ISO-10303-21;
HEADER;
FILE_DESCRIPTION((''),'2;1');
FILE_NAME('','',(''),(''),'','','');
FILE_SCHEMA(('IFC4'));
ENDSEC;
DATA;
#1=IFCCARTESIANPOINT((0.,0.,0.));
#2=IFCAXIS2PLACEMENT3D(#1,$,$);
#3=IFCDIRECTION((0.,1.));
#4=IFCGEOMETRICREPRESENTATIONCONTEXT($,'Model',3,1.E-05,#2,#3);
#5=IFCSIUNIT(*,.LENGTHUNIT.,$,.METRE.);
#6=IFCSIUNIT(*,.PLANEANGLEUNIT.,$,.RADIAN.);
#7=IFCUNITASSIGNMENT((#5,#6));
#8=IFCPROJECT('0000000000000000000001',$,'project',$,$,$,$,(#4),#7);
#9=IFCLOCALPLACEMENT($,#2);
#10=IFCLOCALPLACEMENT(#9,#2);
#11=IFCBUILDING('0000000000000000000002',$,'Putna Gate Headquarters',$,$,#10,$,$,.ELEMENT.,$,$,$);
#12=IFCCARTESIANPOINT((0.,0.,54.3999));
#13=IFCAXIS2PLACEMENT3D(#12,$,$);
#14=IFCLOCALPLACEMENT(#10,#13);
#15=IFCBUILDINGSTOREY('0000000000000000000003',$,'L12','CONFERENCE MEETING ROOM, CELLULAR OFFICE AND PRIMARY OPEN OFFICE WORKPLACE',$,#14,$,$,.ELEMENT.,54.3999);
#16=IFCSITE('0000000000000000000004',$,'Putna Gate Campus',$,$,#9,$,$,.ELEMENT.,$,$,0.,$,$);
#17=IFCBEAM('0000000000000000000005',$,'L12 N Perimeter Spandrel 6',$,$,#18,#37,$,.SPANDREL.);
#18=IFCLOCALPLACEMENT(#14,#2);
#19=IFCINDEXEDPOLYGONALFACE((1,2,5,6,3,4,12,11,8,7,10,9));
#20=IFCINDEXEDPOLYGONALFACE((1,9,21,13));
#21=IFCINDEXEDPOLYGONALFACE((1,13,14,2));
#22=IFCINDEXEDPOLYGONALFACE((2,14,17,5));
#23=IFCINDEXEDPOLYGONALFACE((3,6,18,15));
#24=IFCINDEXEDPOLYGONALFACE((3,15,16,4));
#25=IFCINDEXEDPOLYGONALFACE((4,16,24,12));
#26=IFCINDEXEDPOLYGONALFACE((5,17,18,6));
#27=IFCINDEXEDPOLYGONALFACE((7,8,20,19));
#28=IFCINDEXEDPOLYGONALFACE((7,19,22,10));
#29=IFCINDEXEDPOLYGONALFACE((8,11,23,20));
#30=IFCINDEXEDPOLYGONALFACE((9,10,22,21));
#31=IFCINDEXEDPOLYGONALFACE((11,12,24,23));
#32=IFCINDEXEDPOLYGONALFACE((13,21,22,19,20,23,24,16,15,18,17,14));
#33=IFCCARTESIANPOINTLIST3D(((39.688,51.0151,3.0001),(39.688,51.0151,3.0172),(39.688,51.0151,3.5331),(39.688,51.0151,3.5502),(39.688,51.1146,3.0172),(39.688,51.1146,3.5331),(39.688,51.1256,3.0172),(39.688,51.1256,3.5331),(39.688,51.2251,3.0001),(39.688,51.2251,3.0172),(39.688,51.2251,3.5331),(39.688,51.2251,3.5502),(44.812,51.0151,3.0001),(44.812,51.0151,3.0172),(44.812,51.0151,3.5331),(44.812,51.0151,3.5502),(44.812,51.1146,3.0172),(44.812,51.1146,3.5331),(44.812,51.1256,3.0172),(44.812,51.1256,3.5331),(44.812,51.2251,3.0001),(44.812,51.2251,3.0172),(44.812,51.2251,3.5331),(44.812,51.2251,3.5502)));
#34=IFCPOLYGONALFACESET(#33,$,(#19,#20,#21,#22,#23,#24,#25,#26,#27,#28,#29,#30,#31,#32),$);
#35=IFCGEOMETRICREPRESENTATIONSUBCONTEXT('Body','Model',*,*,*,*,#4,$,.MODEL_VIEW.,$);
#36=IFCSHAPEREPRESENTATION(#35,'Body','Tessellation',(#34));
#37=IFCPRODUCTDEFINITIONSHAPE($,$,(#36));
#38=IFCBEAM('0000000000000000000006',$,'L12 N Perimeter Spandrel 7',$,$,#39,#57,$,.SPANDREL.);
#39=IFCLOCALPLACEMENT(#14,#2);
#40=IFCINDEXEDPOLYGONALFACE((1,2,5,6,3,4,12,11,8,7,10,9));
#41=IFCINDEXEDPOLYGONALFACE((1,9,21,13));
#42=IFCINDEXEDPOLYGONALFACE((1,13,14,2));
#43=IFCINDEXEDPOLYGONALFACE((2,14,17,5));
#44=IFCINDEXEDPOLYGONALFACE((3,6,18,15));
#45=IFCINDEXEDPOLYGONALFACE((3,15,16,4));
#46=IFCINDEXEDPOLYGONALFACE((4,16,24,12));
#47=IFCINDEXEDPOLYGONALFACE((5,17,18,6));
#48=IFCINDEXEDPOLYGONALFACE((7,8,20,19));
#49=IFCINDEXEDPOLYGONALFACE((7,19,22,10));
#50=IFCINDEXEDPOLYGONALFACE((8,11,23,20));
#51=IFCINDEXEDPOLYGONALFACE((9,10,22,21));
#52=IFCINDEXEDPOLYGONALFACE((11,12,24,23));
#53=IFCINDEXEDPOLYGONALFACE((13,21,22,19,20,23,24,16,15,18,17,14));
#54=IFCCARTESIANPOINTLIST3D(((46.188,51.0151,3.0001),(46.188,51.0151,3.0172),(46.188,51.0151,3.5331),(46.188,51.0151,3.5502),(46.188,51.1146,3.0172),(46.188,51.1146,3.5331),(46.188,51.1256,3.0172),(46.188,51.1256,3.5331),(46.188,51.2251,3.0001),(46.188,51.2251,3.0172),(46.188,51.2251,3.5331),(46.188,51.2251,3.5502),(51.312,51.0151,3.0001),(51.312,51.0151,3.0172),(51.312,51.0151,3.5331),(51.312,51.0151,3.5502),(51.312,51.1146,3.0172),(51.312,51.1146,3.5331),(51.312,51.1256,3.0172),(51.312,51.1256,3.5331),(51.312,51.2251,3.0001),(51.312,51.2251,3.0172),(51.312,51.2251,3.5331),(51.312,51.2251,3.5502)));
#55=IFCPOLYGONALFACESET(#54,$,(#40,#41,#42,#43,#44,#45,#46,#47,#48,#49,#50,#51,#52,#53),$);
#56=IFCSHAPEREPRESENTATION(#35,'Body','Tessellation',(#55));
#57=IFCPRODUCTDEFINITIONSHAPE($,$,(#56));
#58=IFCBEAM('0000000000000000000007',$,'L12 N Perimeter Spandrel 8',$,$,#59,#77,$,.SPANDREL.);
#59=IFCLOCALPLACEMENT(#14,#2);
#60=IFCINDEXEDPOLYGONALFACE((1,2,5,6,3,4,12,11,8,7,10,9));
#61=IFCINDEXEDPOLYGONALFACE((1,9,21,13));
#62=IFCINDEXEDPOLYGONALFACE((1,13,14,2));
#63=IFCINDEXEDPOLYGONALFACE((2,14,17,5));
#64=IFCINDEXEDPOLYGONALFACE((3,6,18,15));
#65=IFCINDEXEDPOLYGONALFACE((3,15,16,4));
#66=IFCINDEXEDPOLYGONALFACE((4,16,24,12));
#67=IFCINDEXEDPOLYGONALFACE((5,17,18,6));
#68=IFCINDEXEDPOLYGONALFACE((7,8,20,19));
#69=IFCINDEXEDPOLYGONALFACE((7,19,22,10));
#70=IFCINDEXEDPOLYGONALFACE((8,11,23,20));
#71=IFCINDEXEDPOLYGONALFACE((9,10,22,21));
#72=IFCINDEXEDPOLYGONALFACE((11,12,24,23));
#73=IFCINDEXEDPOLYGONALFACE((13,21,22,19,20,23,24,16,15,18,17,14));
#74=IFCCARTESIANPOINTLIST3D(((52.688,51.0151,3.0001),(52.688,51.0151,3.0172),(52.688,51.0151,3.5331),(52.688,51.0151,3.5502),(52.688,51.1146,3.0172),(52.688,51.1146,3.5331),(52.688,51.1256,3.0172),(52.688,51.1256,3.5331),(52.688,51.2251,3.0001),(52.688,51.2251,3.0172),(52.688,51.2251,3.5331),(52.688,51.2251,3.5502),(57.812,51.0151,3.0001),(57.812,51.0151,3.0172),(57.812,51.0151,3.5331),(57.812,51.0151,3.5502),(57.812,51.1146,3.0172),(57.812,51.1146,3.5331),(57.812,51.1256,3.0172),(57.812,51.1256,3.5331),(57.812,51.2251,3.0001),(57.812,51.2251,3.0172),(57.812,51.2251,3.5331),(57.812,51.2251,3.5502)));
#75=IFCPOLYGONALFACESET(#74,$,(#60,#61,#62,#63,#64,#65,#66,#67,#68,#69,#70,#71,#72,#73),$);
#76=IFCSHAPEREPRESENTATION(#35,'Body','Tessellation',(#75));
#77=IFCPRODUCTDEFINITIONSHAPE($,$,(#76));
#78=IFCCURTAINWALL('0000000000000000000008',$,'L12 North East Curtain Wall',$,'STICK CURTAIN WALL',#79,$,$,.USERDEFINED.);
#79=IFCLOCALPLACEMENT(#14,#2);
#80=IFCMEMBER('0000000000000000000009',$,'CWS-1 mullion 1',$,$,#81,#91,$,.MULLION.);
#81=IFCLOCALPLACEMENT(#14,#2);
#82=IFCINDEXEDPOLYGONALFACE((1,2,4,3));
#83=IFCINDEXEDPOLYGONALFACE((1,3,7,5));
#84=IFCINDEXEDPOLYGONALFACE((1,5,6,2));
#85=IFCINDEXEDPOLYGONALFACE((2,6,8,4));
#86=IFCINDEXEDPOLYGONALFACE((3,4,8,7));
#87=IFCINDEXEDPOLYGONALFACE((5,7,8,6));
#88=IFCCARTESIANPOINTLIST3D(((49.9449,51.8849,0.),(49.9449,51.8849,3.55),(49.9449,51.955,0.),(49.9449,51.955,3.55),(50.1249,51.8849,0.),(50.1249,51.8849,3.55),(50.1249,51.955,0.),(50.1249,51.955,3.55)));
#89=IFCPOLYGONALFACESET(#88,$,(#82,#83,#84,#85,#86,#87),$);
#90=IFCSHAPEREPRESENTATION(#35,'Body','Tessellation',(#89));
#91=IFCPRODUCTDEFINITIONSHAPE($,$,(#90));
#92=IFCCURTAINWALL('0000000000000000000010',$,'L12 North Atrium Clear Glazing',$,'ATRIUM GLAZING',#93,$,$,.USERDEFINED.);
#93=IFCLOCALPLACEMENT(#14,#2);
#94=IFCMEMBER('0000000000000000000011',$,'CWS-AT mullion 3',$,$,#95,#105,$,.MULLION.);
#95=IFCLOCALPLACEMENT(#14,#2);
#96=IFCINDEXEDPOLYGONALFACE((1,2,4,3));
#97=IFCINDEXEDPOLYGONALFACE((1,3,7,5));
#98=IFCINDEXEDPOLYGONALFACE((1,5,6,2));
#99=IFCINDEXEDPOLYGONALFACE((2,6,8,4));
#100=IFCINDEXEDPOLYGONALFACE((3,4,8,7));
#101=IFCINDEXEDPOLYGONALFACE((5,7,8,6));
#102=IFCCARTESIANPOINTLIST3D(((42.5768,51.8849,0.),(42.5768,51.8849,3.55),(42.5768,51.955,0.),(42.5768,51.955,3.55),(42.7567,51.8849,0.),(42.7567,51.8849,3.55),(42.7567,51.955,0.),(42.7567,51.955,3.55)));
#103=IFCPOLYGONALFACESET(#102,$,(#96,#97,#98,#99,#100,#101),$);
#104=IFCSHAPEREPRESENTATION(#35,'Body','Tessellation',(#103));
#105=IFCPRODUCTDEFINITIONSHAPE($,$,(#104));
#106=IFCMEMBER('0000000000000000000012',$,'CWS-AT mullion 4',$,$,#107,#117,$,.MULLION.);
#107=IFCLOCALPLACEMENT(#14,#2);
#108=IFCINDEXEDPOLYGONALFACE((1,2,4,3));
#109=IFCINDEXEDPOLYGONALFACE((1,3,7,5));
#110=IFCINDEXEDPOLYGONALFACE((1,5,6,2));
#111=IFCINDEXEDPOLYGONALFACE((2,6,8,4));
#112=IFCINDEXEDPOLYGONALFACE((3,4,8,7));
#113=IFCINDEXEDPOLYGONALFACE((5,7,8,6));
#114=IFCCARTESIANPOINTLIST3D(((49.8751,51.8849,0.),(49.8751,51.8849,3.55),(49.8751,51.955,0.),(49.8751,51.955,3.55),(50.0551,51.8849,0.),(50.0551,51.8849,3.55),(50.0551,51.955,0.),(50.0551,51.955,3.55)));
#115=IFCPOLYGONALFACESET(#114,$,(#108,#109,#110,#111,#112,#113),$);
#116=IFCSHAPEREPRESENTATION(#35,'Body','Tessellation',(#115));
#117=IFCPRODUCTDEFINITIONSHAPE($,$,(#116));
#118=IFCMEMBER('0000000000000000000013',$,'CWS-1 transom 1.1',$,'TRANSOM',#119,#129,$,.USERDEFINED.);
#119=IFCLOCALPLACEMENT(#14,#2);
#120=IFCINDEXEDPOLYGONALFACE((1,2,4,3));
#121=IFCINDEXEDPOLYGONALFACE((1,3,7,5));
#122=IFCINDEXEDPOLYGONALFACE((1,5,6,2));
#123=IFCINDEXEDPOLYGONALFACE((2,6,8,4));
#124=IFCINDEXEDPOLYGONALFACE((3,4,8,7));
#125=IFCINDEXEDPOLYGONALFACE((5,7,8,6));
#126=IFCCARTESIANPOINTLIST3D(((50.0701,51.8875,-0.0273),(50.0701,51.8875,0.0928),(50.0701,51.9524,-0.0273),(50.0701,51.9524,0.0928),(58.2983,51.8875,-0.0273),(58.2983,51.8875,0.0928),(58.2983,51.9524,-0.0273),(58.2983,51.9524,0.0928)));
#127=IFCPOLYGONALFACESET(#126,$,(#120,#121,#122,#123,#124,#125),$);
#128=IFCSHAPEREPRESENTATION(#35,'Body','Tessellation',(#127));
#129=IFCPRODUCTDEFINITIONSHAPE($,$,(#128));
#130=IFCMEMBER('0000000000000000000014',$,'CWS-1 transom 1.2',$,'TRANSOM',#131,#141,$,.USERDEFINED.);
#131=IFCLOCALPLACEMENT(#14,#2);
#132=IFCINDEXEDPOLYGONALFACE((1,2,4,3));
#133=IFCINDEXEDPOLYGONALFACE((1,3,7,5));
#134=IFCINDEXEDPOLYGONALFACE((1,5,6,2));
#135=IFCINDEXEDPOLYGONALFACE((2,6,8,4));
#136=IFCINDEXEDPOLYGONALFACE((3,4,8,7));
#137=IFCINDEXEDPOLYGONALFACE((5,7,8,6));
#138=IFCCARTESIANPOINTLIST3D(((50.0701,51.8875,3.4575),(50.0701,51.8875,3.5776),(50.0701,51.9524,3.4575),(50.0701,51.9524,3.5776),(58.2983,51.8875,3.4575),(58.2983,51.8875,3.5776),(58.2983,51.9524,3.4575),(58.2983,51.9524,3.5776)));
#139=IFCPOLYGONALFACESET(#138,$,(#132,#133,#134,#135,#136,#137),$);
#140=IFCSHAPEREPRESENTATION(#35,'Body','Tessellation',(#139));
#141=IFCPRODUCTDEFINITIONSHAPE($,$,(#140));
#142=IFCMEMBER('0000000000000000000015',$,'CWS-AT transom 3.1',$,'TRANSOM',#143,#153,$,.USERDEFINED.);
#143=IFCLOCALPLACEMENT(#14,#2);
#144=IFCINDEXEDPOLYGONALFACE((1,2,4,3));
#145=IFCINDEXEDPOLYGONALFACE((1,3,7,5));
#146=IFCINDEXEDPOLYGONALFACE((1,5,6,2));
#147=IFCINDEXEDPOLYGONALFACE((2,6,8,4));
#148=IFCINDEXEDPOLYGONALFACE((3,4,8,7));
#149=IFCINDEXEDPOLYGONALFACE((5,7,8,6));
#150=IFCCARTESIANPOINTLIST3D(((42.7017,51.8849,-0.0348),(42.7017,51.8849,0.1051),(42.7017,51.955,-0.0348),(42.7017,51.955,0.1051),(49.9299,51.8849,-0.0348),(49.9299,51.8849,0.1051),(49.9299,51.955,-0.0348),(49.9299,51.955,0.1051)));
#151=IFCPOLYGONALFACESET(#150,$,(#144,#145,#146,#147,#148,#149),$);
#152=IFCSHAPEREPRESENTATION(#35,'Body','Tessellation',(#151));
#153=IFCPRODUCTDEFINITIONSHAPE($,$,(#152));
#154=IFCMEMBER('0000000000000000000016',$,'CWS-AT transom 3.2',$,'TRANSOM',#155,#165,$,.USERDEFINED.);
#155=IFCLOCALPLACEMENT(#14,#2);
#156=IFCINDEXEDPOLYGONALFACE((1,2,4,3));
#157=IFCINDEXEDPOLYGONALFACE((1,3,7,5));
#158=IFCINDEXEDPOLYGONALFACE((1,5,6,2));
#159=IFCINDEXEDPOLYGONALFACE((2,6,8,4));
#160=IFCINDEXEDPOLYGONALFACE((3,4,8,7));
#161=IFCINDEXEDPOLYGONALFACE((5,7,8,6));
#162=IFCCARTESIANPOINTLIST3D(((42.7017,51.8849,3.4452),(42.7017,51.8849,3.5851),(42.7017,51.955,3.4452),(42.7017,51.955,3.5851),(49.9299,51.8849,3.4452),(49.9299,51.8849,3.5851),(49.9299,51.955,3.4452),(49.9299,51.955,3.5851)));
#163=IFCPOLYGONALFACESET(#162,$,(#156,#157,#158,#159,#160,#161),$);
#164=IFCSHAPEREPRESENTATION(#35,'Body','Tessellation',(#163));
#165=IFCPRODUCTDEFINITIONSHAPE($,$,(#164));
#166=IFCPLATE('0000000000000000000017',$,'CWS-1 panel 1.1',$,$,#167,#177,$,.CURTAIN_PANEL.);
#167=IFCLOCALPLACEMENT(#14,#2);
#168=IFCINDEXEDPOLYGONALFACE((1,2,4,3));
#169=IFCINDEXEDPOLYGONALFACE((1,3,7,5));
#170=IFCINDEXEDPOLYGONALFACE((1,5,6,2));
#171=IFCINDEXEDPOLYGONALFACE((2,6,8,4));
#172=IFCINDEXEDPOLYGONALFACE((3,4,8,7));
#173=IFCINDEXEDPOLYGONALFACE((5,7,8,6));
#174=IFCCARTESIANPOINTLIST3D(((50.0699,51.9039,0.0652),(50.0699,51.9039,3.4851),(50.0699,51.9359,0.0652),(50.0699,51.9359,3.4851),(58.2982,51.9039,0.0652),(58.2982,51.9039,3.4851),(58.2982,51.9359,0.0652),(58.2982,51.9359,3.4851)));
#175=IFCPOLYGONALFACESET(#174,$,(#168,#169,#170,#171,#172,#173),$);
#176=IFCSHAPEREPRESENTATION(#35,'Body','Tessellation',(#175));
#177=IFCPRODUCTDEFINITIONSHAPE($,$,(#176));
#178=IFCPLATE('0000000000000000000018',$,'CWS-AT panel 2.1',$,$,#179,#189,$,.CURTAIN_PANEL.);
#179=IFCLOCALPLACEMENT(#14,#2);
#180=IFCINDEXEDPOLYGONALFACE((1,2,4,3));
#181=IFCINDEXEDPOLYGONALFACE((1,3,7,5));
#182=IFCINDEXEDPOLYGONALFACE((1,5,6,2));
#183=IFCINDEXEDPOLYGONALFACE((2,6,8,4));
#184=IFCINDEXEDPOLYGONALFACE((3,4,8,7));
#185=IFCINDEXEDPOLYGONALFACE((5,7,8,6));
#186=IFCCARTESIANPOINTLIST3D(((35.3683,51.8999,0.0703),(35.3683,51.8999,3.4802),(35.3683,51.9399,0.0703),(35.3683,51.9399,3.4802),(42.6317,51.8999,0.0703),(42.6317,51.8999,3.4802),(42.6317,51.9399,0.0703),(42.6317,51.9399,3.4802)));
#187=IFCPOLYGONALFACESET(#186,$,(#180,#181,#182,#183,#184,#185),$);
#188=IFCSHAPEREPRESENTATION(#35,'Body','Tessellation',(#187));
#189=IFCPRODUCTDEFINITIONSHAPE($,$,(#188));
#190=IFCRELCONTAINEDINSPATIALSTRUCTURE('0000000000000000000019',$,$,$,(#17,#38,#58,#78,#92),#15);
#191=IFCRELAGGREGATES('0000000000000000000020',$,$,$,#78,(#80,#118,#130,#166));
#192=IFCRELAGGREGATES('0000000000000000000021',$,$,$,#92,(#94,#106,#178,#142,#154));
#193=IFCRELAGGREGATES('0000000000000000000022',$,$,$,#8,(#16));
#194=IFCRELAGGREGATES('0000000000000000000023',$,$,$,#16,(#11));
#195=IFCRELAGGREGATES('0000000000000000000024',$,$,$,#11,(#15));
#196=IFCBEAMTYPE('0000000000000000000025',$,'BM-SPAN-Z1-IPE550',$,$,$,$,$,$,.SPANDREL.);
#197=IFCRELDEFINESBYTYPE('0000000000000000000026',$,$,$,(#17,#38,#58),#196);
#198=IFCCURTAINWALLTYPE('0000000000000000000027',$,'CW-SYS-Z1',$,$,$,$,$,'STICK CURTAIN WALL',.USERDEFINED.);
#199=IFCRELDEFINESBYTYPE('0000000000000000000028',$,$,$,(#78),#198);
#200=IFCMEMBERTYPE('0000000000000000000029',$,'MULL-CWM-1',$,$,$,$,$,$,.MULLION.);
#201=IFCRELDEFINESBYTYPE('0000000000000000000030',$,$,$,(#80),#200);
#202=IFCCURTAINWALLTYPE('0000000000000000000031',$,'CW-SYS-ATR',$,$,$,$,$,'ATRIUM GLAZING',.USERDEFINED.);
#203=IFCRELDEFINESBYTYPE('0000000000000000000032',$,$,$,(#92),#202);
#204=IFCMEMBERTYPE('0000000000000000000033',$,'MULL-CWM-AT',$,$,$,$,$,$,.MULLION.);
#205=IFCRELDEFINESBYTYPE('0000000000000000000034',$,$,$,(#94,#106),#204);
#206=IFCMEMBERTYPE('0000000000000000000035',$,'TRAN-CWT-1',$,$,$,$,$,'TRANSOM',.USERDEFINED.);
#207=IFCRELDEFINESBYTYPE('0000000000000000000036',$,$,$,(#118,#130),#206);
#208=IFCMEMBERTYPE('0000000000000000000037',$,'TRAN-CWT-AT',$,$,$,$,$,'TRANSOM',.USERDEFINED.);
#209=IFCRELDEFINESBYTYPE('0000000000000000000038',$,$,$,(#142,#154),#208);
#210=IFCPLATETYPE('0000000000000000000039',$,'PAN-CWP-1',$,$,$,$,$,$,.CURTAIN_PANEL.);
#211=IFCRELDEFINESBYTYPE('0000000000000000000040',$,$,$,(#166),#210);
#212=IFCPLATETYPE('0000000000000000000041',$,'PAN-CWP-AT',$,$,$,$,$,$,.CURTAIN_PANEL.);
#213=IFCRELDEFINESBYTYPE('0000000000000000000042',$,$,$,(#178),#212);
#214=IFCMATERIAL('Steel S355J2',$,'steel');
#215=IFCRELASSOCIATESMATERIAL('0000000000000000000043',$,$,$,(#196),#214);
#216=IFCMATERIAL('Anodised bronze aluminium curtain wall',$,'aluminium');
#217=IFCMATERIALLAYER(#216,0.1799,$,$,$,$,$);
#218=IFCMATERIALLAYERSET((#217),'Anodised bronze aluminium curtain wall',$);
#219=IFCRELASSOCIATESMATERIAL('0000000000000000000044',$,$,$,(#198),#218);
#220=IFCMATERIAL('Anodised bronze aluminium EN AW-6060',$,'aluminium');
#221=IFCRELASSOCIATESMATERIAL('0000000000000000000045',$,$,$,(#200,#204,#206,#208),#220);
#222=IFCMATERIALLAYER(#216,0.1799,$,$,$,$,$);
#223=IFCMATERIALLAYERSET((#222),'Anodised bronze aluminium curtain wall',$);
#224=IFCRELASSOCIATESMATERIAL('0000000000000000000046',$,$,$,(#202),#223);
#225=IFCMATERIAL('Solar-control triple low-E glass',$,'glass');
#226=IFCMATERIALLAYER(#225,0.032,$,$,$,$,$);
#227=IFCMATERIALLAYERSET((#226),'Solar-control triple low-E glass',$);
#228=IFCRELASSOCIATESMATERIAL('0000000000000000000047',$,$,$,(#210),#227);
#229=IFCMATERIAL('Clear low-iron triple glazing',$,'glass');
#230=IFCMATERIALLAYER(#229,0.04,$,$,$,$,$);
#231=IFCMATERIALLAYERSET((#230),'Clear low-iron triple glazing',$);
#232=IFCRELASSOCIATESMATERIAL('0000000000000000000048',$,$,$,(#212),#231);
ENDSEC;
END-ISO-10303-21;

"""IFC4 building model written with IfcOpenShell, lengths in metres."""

from ifc_helpers import new_model, si_unit, direction, frame, origin, origin_2d, place, context, subcontext, project, spatial, rectangle, i_section, extrude, material, layer, layer_set, material_profile, profile_set, type_object, element, aggregate, save


model = new_model("IFC4")

# Units and contexts
model_context = context("Model", 3, precision=1e-05, world=origin(), true_north=direction((0.0, 1.0)))
body_context = subcontext(model_context, "Body", "Model", "MODEL_VIEW")
ifc_project = project(units=[si_unit("LENGTHUNIT", "METRE"), si_unit("PLANEANGLEUNIT", "RADIAN")], contexts=[model_context])

# Site, building, storey
site_placement = place(None, origin())
site = spatial("IfcSite", under=ifc_project, at=site_placement, Name="Putna Gate Campus", CompositionType="ELEMENT", RefElevation=0.0)
building_placement = place(site_placement, origin())
building = spatial("IfcBuilding", under=site, at=building_placement, Name="Putna Gate Headquarters", CompositionType="ELEMENT")
storey_placement = place(building_placement, frame((0.0, 0.0, 54.3999)))
storey = spatial("IfcBuildingStorey", under=building, at=storey_placement, Name="L12", Description="CONFERENCE MEETING ROOM, CELLULAR OFFICE AND PRIMARY OPEN OFFICE WORKPLACE", CompositionType="ELEMENT", Elevation=54.3999)

# Beams
ifc_material_1 = material(Name="Steel S355J2", Category="steel")
ifc_material_profile_1 = material_profile(ifc_material_1, i_section(OverallWidth=0.21, OverallDepth=0.55, WebThickness=0.011, FlangeThickness=0.0171, at=origin_2d()), Name="Steel S355J2")
ifc_profile_set_1 = profile_set([ifc_material_profile_1], Name="Steel S355J2")
beam_type_1 = type_object("IfcBeamType", Name="BM-SPAN-Z1-IPE550", PredefinedType="SPANDREL", material=ifc_profile_set_1)
for number, where, z_axis, x_axis, name in (
    (1, (39.688, 51.1201, 3.2751), (1.0, 0.0, 0.0), (0.0, 1.0, 0.0), "L12 N Perimeter Spandrel 6"),
    (2, (46.188, 51.1201, 3.2751), (1.0, 0.0, 0.0), (0.0, 1.0, 0.0), "L12 N Perimeter Spandrel 7"),
    (3, (52.688, 51.1201, 3.2751), (1.0, 0.0, 0.0), (0.0, 1.0, 0.0), "L12 N Perimeter Spandrel 8"),
):
    element("IfcBeam", number, at=place(storey_placement, frame(where, z_axis=z_axis, x_axis=x_axis)), inside=storey, type_object=beam_type_1, Name=name, PredefinedType="SPANDREL", context=body_context, shape_type="SweptSolid", body=[
        extrude(i_section(OverallWidth=0.21, OverallDepth=0.55, WebThickness=0.011, FlangeThickness=0.0171, at=origin_2d()), origin(), (0.0, 0.0, 1.0), 5.124),
    ])

# Curtain wall, member
ifc_material_2 = material(Name="Anodised bronze aluminium curtain wall", Category="aluminium")
ifc_layer_1 = layer(ifc_material_2, 0.1799)
ifc_layer_set_1 = layer_set([ifc_layer_1], Name="Anodised bronze aluminium curtain wall")
curtain_wall_type_1 = type_object("IfcCurtainWallType", Name="CW-SYS-Z1", ElementType="STICK CURTAIN WALL", PredefinedType="USERDEFINED", material=ifc_layer_set_1)
curtain_wall_1_placement = place(storey_placement, origin())
curtain_wall_1 = element("IfcCurtainWall", 4, at=curtain_wall_1_placement, inside=storey, type_object=curtain_wall_type_1, Name="L12 North East Curtain Wall", ObjectType="STICK CURTAIN WALL", PredefinedType="USERDEFINED")
ifc_material_3 = material(Name="Anodised bronze aluminium EN AW-6060", Category="aluminium")
ifc_material_profile_2 = material_profile(ifc_material_3, rectangle(XDim=0.0701, YDim=0.1799, at=origin_2d()), Name="Anodised bronze aluminium EN AW-6060")
ifc_profile_set_2 = profile_set([ifc_material_profile_2], Name="Anodised bronze aluminium EN AW-6060")
member_type_1 = type_object("IfcMemberType", Name="MULL-CWM-1", PredefinedType="MULLION", material=ifc_profile_set_2)
member_1_placement = place(storey_placement, frame((50.0349, 51.9199, 0.0), z_axis=(0.0, 0.0, 1.0), x_axis=(0.0, 1.0, 0.0)))
member_1 = element("IfcMember", 5, at=member_1_placement, type_object=member_type_1, Name="CWS-1 mullion 1", PredefinedType="MULLION", context=body_context, shape_type="SweptSolid", body=[
    extrude(rectangle(XDim=0.0701, YDim=0.1799, at=origin_2d()), origin(), (0.0, 0.0, 1.0), 3.55),
])

# Curtain wall, members
ifc_layer_2 = layer(ifc_material_2, 0.1799)
ifc_layer_set_2 = layer_set([ifc_layer_2], Name="Anodised bronze aluminium curtain wall")
curtain_wall_type_2 = type_object("IfcCurtainWallType", Name="CW-SYS-ATR", ElementType="ATRIUM GLAZING", PredefinedType="USERDEFINED", material=ifc_layer_set_2)
curtain_wall_2_placement = place(storey_placement, origin())
curtain_wall_2 = element("IfcCurtainWall", 6, at=curtain_wall_2_placement, inside=storey, type_object=curtain_wall_type_2, Name="L12 North Atrium Clear Glazing", ObjectType="ATRIUM GLAZING", PredefinedType="USERDEFINED")
ifc_material_profile_3 = material_profile(ifc_material_3, rectangle(XDim=0.0701, YDim=0.1799, at=origin_2d()), Name="Anodised bronze aluminium EN AW-6060")
ifc_profile_set_3 = profile_set([ifc_material_profile_3], Name="Anodised bronze aluminium EN AW-6060")
member_type_2 = type_object("IfcMemberType", Name="MULL-CWM-AT", PredefinedType="MULLION", material=ifc_profile_set_3)
member_2_placement = place(storey_placement, frame((42.6667, 51.9199, 0.0), z_axis=(0.0, 0.0, 1.0), x_axis=(0.0, 1.0, 0.0)))
member_2 = element("IfcMember", 7, at=member_2_placement, type_object=member_type_2, Name="CWS-AT mullion 3", PredefinedType="MULLION", context=body_context, shape_type="SweptSolid", body=[
    extrude(rectangle(XDim=0.0701, YDim=0.1799, at=origin_2d()), origin(), (0.0, 0.0, 1.0), 3.55),
])
member_3_placement = place(storey_placement, frame((49.9651, 51.9199, 0.0), z_axis=(0.0, 0.0, 1.0), x_axis=(0.0, 1.0, 0.0)))
member_3 = element("IfcMember", 8, at=member_3_placement, type_object=member_type_2, Name="CWS-AT mullion 4", PredefinedType="MULLION", context=body_context, shape_type="SweptSolid", body=[
    extrude(rectangle(XDim=0.0701, YDim=0.1799, at=origin_2d()), origin(), (0.0, 0.0, 1.0), 3.55),
])

# Members
ifc_material_profile_4 = material_profile(ifc_material_3, rectangle(XDim=0.0649, YDim=0.1201, at=origin_2d()), Name="Anodised bronze aluminium EN AW-6060")
ifc_profile_set_4 = profile_set([ifc_material_profile_4], Name="Anodised bronze aluminium EN AW-6060")
member_type_3 = type_object("IfcMemberType", Name="TRAN-CWT-1", ElementType="TRANSOM", PredefinedType="USERDEFINED", material=ifc_profile_set_4)
member_4_placement = place(storey_placement, frame((50.0701, 51.9199, 0.0327), z_axis=(1.0, 0.0, 0.0), x_axis=(0.0, 1.0, 0.0)))
member_4 = element("IfcMember", 9, at=member_4_placement, type_object=member_type_3, Name="CWS-1 transom 1.1", ObjectType="TRANSOM", PredefinedType="USERDEFINED", context=body_context, shape_type="SweptSolid", body=[
    extrude(rectangle(XDim=0.0649, YDim=0.1201, at=origin_2d()), origin(), (0.0, 0.0, 1.0), 8.2283),
])
member_5_placement = place(storey_placement, frame((50.0701, 51.9199, 3.5176), z_axis=(1.0, 0.0, 0.0), x_axis=(0.0, 1.0, 0.0)))
member_5 = element("IfcMember", 10, at=member_5_placement, type_object=member_type_3, Name="CWS-1 transom 1.2", ObjectType="TRANSOM", PredefinedType="USERDEFINED", context=body_context, shape_type="SweptSolid", body=[
    extrude(rectangle(XDim=0.0649, YDim=0.1201, at=origin_2d()), origin(), (0.0, 0.0, 1.0), 8.2283),
])
ifc_material_profile_5 = material_profile(ifc_material_3, rectangle(XDim=0.0701, YDim=0.1399, at=origin_2d()), Name="Anodised bronze aluminium EN AW-6060")
ifc_profile_set_5 = profile_set([ifc_material_profile_5], Name="Anodised bronze aluminium EN AW-6060")
member_type_4 = type_object("IfcMemberType", Name="TRAN-CWT-AT", ElementType="TRANSOM", PredefinedType="USERDEFINED", material=ifc_profile_set_5)
member_6_placement = place(storey_placement, frame((42.7017, 51.9199, 0.0352), z_axis=(1.0, 0.0, 0.0), x_axis=(0.0, 1.0, 0.0)))
member_6 = element("IfcMember", 11, at=member_6_placement, type_object=member_type_4, Name="CWS-AT transom 3.1", ObjectType="TRANSOM", PredefinedType="USERDEFINED", context=body_context, shape_type="SweptSolid", body=[
    extrude(rectangle(XDim=0.0701, YDim=0.1399, at=origin_2d()), origin(), (0.0, 0.0, 1.0), 7.2283),
])
member_7_placement = place(storey_placement, frame((42.7017, 51.9199, 3.5151), z_axis=(1.0, 0.0, 0.0), x_axis=(0.0, 1.0, 0.0)))
member_7 = element("IfcMember", 12, at=member_7_placement, type_object=member_type_4, Name="CWS-AT transom 3.2", ObjectType="TRANSOM", PredefinedType="USERDEFINED", context=body_context, shape_type="SweptSolid", body=[
    extrude(rectangle(XDim=0.0701, YDim=0.1399, at=origin_2d()), origin(), (0.0, 0.0, 1.0), 7.2283),
])

# Plates
ifc_material_4 = material(Name="Solar-control triple low-E glass", Category="glass")
ifc_layer_3 = layer(ifc_material_4, 0.032)
ifc_layer_set_3 = layer_set([ifc_layer_3], Name="Solar-control triple low-E glass")
plate_type_1 = type_object("IfcPlateType", Name="PAN-CWP-1", PredefinedType="CURTAIN_PANEL", material=ifc_layer_set_3)
plate_1_placement = place(storey_placement, frame((54.1841, 51.9199, 0.0652), z_axis=(0.0, 0.0, 1.0), x_axis=(1.0, 0.0, 0.0)))
plate_1 = element("IfcPlate", 13, at=plate_1_placement, type_object=plate_type_1, Name="CWS-1 panel 1.1", PredefinedType="CURTAIN_PANEL", context=body_context, shape_type="SweptSolid", body=[
    extrude(rectangle(XDim=8.2283, YDim=0.032, at=origin_2d()), origin(), (0.0, 0.0, 1.0), 3.4199),
])
aggregate(curtain_wall_1, [member_1, member_4, member_5, plate_1])
ifc_material_5 = material(Name="Clear low-iron triple glazing", Category="glass")
ifc_layer_4 = layer(ifc_material_5, 0.04)
ifc_layer_set_4 = layer_set([ifc_layer_4], Name="Clear low-iron triple glazing")
plate_type_2 = type_object("IfcPlateType", Name="PAN-CWP-AT", PredefinedType="CURTAIN_PANEL", material=ifc_layer_set_4)
plate_2_placement = place(storey_placement, frame((39.0, 51.9199, 0.0703), z_axis=(0.0, 0.0, 1.0), x_axis=(1.0, 0.0, 0.0)))
plate_2 = element("IfcPlate", 14, at=plate_2_placement, type_object=plate_type_2, Name="CWS-AT panel 2.1", PredefinedType="CURTAIN_PANEL", context=body_context, shape_type="SweptSolid", body=[
    extrude(rectangle(XDim=7.2634, YDim=0.04, at=origin_2d()), origin(), (0.0, 0.0, 1.0), 3.4099),
])
aggregate(curtain_wall_2, [member_2, member_3, plate_2, member_6, member_7])

save(model, "model.ifc")
